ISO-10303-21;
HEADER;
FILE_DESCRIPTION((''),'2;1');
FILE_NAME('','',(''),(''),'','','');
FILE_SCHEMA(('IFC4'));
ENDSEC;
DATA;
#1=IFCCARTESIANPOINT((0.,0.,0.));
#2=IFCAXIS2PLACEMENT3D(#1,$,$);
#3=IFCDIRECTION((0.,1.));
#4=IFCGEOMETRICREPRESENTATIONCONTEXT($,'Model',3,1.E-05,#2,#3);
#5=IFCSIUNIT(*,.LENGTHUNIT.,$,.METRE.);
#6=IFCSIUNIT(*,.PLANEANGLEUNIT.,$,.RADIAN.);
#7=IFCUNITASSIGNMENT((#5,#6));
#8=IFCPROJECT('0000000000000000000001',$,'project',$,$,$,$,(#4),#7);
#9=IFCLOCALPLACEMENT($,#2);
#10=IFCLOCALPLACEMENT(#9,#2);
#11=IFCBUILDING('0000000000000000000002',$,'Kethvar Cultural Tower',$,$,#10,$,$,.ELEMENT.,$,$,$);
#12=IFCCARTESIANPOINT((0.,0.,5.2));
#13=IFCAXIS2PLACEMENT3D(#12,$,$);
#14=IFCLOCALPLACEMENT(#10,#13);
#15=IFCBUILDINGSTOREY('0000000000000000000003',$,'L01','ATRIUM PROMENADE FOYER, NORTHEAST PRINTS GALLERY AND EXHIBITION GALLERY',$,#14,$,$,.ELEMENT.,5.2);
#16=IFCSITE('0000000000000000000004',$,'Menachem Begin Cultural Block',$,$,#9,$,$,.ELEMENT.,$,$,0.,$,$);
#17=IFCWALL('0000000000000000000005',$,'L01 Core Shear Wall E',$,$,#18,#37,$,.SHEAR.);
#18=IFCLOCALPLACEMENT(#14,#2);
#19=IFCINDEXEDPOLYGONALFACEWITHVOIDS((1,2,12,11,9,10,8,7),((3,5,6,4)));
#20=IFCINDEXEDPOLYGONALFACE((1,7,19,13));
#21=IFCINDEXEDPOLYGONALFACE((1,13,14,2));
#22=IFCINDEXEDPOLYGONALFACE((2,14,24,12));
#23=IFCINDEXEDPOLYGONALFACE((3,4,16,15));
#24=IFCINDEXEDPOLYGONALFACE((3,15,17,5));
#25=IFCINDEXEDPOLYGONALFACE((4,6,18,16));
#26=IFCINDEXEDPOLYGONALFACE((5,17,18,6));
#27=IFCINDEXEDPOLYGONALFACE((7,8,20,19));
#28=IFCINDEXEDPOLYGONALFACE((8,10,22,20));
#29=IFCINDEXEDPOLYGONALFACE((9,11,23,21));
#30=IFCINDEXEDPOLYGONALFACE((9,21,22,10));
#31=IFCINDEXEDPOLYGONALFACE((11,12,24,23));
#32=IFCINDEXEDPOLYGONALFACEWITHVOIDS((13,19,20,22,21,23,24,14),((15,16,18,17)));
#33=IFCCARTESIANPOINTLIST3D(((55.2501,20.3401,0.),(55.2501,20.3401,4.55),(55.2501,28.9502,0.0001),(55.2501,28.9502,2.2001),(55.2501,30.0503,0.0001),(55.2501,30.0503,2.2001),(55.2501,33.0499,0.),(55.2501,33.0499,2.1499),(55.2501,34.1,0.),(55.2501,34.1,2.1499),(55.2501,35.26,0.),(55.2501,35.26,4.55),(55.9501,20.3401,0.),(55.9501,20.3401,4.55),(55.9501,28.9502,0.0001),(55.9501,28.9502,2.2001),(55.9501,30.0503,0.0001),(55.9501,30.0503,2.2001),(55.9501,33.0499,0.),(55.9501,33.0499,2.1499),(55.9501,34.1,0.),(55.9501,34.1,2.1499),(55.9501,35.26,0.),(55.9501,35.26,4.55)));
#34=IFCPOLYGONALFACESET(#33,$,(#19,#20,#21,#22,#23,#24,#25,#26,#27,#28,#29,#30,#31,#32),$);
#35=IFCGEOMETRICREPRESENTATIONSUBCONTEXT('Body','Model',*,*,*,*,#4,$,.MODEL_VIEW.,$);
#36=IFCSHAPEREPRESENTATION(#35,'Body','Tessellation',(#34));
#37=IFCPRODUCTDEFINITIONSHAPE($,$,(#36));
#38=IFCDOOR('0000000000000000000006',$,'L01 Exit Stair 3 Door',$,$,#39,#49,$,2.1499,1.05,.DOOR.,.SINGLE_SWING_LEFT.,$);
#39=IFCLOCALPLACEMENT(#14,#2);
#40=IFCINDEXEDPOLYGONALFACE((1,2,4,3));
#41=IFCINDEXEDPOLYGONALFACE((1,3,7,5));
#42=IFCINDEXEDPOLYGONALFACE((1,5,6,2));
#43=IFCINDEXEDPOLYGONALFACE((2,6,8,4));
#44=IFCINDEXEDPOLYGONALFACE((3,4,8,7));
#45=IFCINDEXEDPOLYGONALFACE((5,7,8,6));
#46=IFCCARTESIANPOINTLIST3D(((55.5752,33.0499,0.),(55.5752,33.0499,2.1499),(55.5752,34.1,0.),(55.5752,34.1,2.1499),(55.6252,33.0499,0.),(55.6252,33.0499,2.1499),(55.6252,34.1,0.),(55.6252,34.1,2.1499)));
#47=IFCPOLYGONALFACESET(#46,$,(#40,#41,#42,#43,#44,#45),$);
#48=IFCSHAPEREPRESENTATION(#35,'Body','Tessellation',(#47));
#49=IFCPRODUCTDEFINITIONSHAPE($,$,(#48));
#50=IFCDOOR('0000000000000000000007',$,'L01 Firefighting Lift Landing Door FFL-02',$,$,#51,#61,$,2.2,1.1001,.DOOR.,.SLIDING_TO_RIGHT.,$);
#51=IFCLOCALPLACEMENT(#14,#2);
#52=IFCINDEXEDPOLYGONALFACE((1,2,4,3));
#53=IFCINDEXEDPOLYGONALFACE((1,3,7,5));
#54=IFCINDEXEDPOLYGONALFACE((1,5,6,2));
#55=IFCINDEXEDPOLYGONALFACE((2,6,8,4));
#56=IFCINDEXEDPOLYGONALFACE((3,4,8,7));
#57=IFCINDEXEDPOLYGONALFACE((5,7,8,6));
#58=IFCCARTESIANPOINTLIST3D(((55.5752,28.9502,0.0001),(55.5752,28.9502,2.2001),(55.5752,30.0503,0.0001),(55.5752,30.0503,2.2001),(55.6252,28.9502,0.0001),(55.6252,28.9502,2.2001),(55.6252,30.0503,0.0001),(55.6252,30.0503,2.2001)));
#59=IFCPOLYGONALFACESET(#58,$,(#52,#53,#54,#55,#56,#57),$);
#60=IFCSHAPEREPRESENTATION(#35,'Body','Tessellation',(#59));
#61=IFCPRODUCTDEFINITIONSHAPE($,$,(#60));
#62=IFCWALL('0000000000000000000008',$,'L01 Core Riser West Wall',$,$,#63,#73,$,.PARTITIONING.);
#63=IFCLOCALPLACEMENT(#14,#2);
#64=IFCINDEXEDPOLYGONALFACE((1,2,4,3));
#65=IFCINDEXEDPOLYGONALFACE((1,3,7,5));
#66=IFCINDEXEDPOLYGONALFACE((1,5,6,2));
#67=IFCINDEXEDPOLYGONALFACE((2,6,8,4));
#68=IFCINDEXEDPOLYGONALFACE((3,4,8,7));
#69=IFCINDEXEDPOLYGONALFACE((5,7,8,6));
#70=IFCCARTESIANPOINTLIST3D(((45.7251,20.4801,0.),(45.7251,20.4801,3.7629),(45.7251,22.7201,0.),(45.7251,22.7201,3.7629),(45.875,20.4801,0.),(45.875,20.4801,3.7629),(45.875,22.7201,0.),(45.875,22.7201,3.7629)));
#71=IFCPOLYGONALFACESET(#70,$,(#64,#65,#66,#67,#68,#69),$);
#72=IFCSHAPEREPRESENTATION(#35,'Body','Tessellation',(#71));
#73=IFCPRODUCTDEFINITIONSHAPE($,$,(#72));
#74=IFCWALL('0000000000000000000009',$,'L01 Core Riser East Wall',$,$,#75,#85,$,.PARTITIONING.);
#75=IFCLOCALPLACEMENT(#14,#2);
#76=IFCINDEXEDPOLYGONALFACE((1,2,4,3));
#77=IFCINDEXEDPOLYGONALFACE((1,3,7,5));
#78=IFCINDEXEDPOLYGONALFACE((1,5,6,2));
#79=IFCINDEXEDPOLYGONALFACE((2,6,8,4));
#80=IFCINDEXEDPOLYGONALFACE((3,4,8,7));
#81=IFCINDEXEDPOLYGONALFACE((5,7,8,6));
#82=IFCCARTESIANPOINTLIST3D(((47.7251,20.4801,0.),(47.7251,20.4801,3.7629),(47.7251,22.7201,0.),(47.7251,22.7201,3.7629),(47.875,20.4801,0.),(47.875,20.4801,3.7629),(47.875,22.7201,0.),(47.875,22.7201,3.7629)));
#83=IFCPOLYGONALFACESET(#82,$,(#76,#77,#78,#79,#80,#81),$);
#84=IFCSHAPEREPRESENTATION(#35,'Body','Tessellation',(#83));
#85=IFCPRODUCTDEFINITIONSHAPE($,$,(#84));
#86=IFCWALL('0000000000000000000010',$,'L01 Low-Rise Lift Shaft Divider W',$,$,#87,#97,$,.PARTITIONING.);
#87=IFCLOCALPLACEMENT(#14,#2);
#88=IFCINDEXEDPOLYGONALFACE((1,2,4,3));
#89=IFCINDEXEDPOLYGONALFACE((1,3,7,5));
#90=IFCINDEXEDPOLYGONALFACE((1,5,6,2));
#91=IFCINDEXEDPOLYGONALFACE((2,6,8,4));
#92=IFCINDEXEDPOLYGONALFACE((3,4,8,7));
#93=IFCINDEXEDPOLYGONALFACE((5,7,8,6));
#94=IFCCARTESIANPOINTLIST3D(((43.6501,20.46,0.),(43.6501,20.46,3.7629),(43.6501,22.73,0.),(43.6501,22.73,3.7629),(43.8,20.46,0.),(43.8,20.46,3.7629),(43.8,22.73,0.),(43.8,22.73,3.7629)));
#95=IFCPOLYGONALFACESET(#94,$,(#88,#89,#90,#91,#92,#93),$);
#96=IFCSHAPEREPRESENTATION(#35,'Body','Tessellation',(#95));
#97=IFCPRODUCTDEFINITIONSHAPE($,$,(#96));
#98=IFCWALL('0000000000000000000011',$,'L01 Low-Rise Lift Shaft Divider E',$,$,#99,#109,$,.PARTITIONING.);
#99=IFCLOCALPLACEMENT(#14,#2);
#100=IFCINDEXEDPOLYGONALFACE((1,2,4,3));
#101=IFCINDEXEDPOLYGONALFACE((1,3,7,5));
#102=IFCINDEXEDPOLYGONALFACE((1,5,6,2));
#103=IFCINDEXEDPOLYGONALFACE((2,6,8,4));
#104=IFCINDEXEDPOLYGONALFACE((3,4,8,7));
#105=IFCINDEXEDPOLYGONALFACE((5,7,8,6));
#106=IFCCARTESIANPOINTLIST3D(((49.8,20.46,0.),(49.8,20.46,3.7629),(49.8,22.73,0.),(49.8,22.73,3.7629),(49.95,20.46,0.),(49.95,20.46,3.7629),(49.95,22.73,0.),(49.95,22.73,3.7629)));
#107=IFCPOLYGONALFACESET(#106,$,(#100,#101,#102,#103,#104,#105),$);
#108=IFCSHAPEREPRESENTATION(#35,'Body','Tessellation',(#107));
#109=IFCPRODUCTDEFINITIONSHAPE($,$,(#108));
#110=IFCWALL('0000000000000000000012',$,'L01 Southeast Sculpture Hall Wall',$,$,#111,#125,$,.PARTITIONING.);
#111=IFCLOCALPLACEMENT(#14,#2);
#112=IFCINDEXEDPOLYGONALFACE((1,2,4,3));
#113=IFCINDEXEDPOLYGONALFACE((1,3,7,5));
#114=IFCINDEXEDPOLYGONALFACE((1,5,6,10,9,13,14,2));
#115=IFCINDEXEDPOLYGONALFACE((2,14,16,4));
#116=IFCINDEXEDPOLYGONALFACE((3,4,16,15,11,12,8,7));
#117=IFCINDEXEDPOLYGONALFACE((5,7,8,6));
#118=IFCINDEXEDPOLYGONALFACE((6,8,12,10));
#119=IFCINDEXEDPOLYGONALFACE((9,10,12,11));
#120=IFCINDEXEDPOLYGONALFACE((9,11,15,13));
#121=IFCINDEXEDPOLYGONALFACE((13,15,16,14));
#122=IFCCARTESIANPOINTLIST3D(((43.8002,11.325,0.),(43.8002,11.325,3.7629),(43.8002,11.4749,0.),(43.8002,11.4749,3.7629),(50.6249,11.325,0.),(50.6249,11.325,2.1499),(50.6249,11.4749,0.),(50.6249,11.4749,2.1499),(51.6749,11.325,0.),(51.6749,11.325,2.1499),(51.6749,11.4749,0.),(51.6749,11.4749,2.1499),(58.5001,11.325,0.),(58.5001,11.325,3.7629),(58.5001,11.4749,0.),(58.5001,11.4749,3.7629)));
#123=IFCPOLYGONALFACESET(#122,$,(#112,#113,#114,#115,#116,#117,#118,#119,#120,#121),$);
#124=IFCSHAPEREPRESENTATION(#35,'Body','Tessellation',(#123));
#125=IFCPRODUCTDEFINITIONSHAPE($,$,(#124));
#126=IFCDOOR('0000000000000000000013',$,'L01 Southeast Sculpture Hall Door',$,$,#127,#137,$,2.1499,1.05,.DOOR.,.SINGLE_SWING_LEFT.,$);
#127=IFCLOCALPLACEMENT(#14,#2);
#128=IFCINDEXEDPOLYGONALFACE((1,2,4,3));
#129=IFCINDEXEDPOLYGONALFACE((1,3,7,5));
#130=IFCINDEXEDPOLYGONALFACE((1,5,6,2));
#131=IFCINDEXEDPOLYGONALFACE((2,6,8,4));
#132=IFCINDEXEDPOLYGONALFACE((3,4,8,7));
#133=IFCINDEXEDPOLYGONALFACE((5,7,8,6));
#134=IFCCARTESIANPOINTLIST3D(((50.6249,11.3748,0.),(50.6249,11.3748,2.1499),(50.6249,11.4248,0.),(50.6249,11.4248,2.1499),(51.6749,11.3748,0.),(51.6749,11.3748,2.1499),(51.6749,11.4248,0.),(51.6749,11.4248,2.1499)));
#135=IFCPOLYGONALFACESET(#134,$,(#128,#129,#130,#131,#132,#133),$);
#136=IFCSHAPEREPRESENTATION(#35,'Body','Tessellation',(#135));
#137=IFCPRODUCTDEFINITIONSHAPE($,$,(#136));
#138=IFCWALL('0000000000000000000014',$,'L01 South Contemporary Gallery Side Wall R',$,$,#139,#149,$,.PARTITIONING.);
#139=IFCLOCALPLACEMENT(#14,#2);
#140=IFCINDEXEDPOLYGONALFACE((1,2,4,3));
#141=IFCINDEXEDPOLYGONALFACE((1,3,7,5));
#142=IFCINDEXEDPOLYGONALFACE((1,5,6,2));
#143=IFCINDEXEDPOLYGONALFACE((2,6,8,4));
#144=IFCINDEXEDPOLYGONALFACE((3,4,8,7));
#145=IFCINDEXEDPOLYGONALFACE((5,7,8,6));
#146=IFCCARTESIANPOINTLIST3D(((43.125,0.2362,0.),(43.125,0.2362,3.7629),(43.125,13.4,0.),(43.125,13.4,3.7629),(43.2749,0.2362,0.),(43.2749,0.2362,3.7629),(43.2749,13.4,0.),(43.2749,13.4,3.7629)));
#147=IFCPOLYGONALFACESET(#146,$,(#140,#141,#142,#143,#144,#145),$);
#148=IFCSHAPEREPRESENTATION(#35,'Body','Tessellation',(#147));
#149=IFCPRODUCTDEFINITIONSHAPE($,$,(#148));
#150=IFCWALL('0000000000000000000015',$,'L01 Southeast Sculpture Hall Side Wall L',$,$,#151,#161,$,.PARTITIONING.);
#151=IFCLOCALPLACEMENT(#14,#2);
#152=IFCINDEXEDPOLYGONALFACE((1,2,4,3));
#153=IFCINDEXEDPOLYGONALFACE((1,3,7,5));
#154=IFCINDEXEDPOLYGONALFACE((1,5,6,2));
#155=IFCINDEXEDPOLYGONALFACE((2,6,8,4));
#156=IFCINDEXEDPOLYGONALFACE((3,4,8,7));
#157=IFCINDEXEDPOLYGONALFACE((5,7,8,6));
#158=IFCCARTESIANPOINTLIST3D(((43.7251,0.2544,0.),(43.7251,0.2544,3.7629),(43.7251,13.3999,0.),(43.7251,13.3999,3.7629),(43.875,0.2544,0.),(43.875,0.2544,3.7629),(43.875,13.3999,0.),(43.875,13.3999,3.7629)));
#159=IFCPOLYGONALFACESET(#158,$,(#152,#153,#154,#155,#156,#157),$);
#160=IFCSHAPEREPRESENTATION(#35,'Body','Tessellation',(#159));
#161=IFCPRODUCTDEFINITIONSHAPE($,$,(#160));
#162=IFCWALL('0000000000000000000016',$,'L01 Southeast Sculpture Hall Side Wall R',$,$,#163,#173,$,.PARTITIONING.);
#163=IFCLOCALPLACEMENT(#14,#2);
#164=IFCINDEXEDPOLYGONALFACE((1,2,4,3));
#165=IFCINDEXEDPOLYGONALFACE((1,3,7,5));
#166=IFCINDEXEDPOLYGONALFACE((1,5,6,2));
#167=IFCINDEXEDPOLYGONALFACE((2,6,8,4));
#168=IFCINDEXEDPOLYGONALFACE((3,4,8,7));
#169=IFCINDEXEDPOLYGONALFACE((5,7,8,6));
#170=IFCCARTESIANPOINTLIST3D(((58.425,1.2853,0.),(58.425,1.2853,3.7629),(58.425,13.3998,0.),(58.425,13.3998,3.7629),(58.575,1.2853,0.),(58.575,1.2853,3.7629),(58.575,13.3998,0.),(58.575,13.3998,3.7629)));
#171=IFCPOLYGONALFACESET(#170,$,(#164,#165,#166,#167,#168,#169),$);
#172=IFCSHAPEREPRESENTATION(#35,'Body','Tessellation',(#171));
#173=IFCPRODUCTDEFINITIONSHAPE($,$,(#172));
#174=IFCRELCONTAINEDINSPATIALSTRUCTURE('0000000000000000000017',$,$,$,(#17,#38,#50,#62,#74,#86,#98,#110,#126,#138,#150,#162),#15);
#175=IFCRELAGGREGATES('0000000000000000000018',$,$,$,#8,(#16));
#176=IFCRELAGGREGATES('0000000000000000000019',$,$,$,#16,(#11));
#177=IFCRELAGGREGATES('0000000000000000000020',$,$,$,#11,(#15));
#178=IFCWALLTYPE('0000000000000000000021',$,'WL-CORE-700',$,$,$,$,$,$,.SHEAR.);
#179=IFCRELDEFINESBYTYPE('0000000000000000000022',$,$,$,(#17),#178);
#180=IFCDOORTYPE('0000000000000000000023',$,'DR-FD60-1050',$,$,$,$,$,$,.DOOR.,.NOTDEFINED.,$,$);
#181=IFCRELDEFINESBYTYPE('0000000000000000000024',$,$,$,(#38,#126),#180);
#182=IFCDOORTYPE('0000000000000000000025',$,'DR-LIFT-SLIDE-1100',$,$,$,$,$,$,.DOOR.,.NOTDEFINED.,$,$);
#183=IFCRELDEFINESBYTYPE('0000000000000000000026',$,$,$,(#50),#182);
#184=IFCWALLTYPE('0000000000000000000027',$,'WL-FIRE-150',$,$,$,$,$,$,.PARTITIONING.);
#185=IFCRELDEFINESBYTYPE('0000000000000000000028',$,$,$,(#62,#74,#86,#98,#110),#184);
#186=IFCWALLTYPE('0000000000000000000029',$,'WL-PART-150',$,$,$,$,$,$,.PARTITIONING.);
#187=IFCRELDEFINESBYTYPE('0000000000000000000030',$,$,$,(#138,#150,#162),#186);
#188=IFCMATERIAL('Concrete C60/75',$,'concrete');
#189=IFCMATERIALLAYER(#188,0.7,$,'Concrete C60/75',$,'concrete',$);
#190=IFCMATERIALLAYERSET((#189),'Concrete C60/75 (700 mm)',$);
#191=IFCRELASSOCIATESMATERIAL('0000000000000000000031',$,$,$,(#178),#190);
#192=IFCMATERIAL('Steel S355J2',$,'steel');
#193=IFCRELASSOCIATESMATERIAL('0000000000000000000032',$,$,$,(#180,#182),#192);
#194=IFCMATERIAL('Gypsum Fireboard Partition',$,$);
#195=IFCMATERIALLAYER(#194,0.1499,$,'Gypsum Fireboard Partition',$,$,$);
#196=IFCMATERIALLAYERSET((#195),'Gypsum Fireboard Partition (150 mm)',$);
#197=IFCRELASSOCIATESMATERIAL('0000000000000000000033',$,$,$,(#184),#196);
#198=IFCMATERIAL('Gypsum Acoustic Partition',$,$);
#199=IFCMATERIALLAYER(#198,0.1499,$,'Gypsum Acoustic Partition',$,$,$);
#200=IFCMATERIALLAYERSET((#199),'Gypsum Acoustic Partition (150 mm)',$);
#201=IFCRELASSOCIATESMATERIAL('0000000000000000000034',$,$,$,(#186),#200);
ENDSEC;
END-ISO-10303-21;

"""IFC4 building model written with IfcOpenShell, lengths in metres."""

from ifc_helpers import new_model, si_unit, direction, frame, frame_2d, origin, place, context, subcontext, project, spatial, rectangle, extrude, source, transform, mapped, material, layer, layer_set, type_object, element, fill, save


model = new_model("IFC4")

# Units and contexts
model_context = context("Model", 3, precision=1e-05, world=origin(), true_north=direction((0.0, 1.0)))
body_context = subcontext(model_context, "Body", "Model", "MODEL_VIEW")
ifc_project = project(units=[si_unit("LENGTHUNIT", "METRE"), si_unit("PLANEANGLEUNIT", "RADIAN")], contexts=[model_context])

# Site, building, storey
site_placement = place(None, origin())
site = spatial("IfcSite", under=ifc_project, at=site_placement, Name="Menachem Begin Cultural Block", CompositionType="ELEMENT", RefElevation=0.0)
building_placement = place(site_placement, origin())
building = spatial("IfcBuilding", under=site, at=building_placement, Name="Kethvar Cultural Tower", CompositionType="ELEMENT")
storey_placement = place(building_placement, frame((0.0, 0.0, 5.2)))
storey = spatial("IfcBuildingStorey", under=building, at=storey_placement, Name="L01", Description="ATRIUM PROMENADE FOYER, NORTHEAST PRINTS GALLERY AND EXHIBITION GALLERY", CompositionType="ELEMENT", Elevation=5.2)

# Shared definitions
ifc_material_1 = material(Name="Steel S355J2", Category="steel")

# Wall, openings, doors
ifc_material_2 = material(Name="Concrete C60/75", Category="concrete")
ifc_layer_1 = layer(ifc_material_2, 0.7, Name="Concrete C60/75", Category="concrete")
ifc_layer_set_1 = layer_set([ifc_layer_1], Name="Concrete C60/75 (700 mm)")
wall_type_1 = type_object("IfcWallType", Name="WL-CORE-700", PredefinedType="SHEAR", material=ifc_layer_set_1)
wall_1_placement = place(storey_placement, frame((55.6001, 20.3401, 0.0), z_axis=(0.0, 0.0, 1.0), x_axis=(0.0, 1.0, 0.0)))
wall_1 = element("IfcWall", 1, at=wall_1_placement, inside=storey, type_object=wall_type_1, Name="L01 Core Shear Wall E", PredefinedType="SHEAR", context=body_context, shape_type="SweptSolid", body=[
    extrude(rectangle(XDim=14.9199, YDim=0.7, at=frame_2d((7.46, 0.0))), origin(), (0.0, 0.0, 1.0), 4.55),
])
opening_1_placement = place(wall_1_placement, frame((12.71, 0.0, 0.0)))
opening_1 = element("IfcOpeningElement", 2, at=opening_1_placement, cuts=wall_1, PredefinedType="OPENING", context=body_context, shape_type="SweptSolid", body=[
    extrude(rectangle(XDim=1.05, YDim=2.1499, at=frame_2d((0.5249, 1.075))), frame((0.0, 0.3599, 0.0), z_axis=(0.0, -1.0, 0.0), x_axis=(1.0, 0.0, 0.0)), (0.0, 0.0, 1.0), 0.72),
])
opening_2_placement = place(wall_1_placement, frame((8.6101, 0.0, 0.0)))
opening_2 = element("IfcOpeningElement", 3, at=opening_2_placement, cuts=wall_1, PredefinedType="OPENING", context=body_context, shape_type="SweptSolid", body=[
    extrude(rectangle(XDim=1.1001, YDim=2.2, at=frame_2d((0.55, 1.1001))), frame((0.0, 0.3599, 0.0), z_axis=(0.0, -1.0, 0.0), x_axis=(1.0, 0.0, 0.0)), (0.0, 0.0, 1.0), 0.72),
])
door_type_1 = type_object("IfcDoorType", Name="DR-FD60-1050", OperationType="NOTDEFINED", PredefinedType="DOOR", material=ifc_material_1)
shared_shape_1 = source(origin(), body_context, "Body", "SweptSolid", [
    extrude(rectangle(XDim=1.05, YDim=2.1499, at=frame_2d((0.5249, 1.075))), frame((0.0, 0.0249, 0.0), z_axis=(0.0, -1.0, 0.0), x_axis=(1.0, 0.0, 0.0)), (0.0, 0.0, 1.0), 0.05),
])
door_1_placement = place(opening_1_placement, origin())
door_1 = element("IfcDoor", 4, at=door_1_placement, inside=storey, type_object=door_type_1, Name="L01 Exit Stair 3 Door", OperationType="SINGLE_SWING_LEFT", OverallHeight=2.1499, OverallWidth=1.05, PredefinedType="DOOR", context=body_context, shape_type="MappedRepresentation", body=[
    mapped(shared_shape_1, transform((0.0, 0.0, 0.0), scale=1.0)),
])
fill(opening_1, door_1)
door_type_2 = type_object("IfcDoorType", Name="DR-LIFT-SLIDE-1100", OperationType="NOTDEFINED", PredefinedType="DOOR", material=ifc_material_1)
shared_shape_2 = source(origin(), body_context, "Body", "SweptSolid", [
    extrude(rectangle(XDim=1.1001, YDim=2.2, at=frame_2d((0.55, 1.1001))), frame((0.0, 0.0249, 0.0), z_axis=(0.0, -1.0, 0.0), x_axis=(1.0, 0.0, 0.0)), (0.0, 0.0, 1.0), 0.05),
])
door_2_placement = place(opening_2_placement, origin())
door_2 = element("IfcDoor", 5, at=door_2_placement, inside=storey, type_object=door_type_2, Name="L01 Firefighting Lift Landing Door FFL-02", OperationType="SLIDING_TO_RIGHT", OverallHeight=2.2, OverallWidth=1.1001, PredefinedType="DOOR", context=body_context, shape_type="MappedRepresentation", body=[
    mapped(shared_shape_2, transform((0.0, 0.0, 0.0), scale=1.0)),
])
fill(opening_2, door_2)

# Walls
ifc_material_3 = material(Name="Gypsum Fireboard Partition")
ifc_layer_2 = layer(ifc_material_3, 0.1499, Name="Gypsum Fireboard Partition")
ifc_layer_set_2 = layer_set([ifc_layer_2], Name="Gypsum Fireboard Partition (150 mm)")
wall_type_2 = type_object("IfcWallType", Name="WL-FIRE-150", PredefinedType="PARTITIONING", material=ifc_layer_set_2)
for number, where, z_axis, x_axis, name in (
    (6, (45.8, 20.48, 0.0), (0.0, 0.0, 1.0), (0.0, 1.0, 0.0), "L01 Core Riser West Wall"),
    (7, (47.8, 20.48, 0.0), (0.0, 0.0, 1.0), (0.0, 1.0, 0.0), "L01 Core Riser East Wall"),
):
    element("IfcWall", number, at=place(storey_placement, frame(where, z_axis=z_axis, x_axis=x_axis)), inside=storey, type_object=wall_type_2, Name=name, PredefinedType="PARTITIONING", context=body_context, shape_type="SweptSolid", body=[
        extrude(rectangle(XDim=2.24, YDim=0.1499, at=frame_2d((1.1201, 0.0))), origin(), (0.0, 0.0, 1.0), 3.7629),
    ])
for number, where, z_axis, x_axis, name in (
    (8, (43.7251, 20.46, 0.0), (0.0, 0.0, 1.0), (0.0, 1.0, 0.0), "L01 Low-Rise Lift Shaft Divider W"),
    (9, (49.875, 20.46, 0.0), (0.0, 0.0, 1.0), (0.0, 1.0, 0.0), "L01 Low-Rise Lift Shaft Divider E"),
):
    element("IfcWall", number, at=place(storey_placement, frame(where, z_axis=z_axis, x_axis=x_axis)), inside=storey, type_object=wall_type_2, Name=name, PredefinedType="PARTITIONING", context=body_context, shape_type="SweptSolid", body=[
        extrude(rectangle(XDim=2.27, YDim=0.1499, at=frame_2d((1.135, 0.0))), origin(), (0.0, 0.0, 1.0), 3.7629),
    ])

# Wall, opening, door
wall_2_placement = place(storey_placement, frame((43.8, 11.3999, 0.0), z_axis=(0.0, 0.0, 1.0), x_axis=(1.0, 0.0, 0.0)))
wall_2 = element("IfcWall", 10, at=wall_2_placement, inside=storey, type_object=wall_type_2, Name="L01 Southeast Sculpture Hall Wall", PredefinedType="PARTITIONING", context=body_context, shape_type="SweptSolid", body=[
    extrude(rectangle(XDim=14.7, YDim=0.1499, at=frame_2d((7.3501, 0.0))), origin(), (0.0, 0.0, 1.0), 3.7629),
])
opening_3_placement = place(wall_2_placement, frame((6.825, 0.0, 0.0)))
opening_3 = element("IfcOpeningElement", 11, at=opening_3_placement, cuts=wall_2, PredefinedType="OPENING", context=body_context, shape_type="SweptSolid", body=[
    extrude(rectangle(XDim=1.05, YDim=2.1499, at=frame_2d((0.5249, 1.075))), frame((0.0, 0.085, 0.0), z_axis=(0.0, -1.0, 0.0), x_axis=(1.0, 0.0, 0.0)), (0.0, 0.0, 1.0), 0.1699),
])
door_3_placement = place(opening_3_placement, origin())
door_3 = element("IfcDoor", 12, at=door_3_placement, inside=storey, type_object=door_type_1, Name="L01 Southeast Sculpture Hall Door", OperationType="SINGLE_SWING_LEFT", OverallHeight=2.1499, OverallWidth=1.05, PredefinedType="DOOR", context=body_context, shape_type="MappedRepresentation", body=[
    mapped(shared_shape_1, transform((0.0, 0.0, 0.0), scale=1.0)),
])
fill(opening_3, door_3)

# Walls
ifc_material_4 = material(Name="Gypsum Acoustic Partition")
ifc_layer_3 = layer(ifc_material_4, 0.1499, Name="Gypsum Acoustic Partition")
ifc_layer_set_3 = layer_set([ifc_layer_3], Name="Gypsum Acoustic Partition (150 mm)")
wall_type_3 = type_object("IfcWallType", Name="WL-PART-150", PredefinedType="PARTITIONING", material=ifc_layer_set_3)
wall_3_placement = place(storey_placement, frame((43.2, 0.2361, 0.0), z_axis=(0.0, 0.0, 1.0), x_axis=(0.0, 1.0, 0.0)))
element("IfcWall", 13, at=wall_3_placement, inside=storey, type_object=wall_type_3, Name="L01 South Contemporary Gallery Side Wall R", PredefinedType="PARTITIONING", context=body_context, shape_type="SweptSolid", body=[
    extrude(rectangle(XDim=13.1638, YDim=0.1499, at=frame_2d((6.582, 0.0))), origin(), (0.0, 0.0, 1.0), 3.7629),
])
wall_4_placement = place(storey_placement, frame((43.8, 0.2544, 0.0), z_axis=(0.0, 0.0, 1.0), x_axis=(0.0, 1.0, 0.0)))
element("IfcWall", 14, at=wall_4_placement, inside=storey, type_object=wall_type_3, Name="L01 Southeast Sculpture Hall Side Wall L", PredefinedType="PARTITIONING", context=body_context, shape_type="SweptSolid", body=[
    extrude(rectangle(XDim=13.1455, YDim=0.1499, at=frame_2d((6.5728, 0.0))), origin(), (0.0, 0.0, 1.0), 3.7629),
])
wall_5_placement = place(storey_placement, frame((58.5, 1.2854, 0.0), z_axis=(0.0, 0.0, 1.0), x_axis=(0.0, 1.0, 0.0)))
element("IfcWall", 15, at=wall_5_placement, inside=storey, type_object=wall_type_3, Name="L01 Southeast Sculpture Hall Side Wall R", PredefinedType="PARTITIONING", context=body_context, shape_type="SweptSolid", body=[
    extrude(rectangle(XDim=12.1145, YDim=0.1499, at=frame_2d((6.0571, 0.0))), origin(), (0.0, 0.0, 1.0), 3.7629),
])

save(model, "model.ifc")
